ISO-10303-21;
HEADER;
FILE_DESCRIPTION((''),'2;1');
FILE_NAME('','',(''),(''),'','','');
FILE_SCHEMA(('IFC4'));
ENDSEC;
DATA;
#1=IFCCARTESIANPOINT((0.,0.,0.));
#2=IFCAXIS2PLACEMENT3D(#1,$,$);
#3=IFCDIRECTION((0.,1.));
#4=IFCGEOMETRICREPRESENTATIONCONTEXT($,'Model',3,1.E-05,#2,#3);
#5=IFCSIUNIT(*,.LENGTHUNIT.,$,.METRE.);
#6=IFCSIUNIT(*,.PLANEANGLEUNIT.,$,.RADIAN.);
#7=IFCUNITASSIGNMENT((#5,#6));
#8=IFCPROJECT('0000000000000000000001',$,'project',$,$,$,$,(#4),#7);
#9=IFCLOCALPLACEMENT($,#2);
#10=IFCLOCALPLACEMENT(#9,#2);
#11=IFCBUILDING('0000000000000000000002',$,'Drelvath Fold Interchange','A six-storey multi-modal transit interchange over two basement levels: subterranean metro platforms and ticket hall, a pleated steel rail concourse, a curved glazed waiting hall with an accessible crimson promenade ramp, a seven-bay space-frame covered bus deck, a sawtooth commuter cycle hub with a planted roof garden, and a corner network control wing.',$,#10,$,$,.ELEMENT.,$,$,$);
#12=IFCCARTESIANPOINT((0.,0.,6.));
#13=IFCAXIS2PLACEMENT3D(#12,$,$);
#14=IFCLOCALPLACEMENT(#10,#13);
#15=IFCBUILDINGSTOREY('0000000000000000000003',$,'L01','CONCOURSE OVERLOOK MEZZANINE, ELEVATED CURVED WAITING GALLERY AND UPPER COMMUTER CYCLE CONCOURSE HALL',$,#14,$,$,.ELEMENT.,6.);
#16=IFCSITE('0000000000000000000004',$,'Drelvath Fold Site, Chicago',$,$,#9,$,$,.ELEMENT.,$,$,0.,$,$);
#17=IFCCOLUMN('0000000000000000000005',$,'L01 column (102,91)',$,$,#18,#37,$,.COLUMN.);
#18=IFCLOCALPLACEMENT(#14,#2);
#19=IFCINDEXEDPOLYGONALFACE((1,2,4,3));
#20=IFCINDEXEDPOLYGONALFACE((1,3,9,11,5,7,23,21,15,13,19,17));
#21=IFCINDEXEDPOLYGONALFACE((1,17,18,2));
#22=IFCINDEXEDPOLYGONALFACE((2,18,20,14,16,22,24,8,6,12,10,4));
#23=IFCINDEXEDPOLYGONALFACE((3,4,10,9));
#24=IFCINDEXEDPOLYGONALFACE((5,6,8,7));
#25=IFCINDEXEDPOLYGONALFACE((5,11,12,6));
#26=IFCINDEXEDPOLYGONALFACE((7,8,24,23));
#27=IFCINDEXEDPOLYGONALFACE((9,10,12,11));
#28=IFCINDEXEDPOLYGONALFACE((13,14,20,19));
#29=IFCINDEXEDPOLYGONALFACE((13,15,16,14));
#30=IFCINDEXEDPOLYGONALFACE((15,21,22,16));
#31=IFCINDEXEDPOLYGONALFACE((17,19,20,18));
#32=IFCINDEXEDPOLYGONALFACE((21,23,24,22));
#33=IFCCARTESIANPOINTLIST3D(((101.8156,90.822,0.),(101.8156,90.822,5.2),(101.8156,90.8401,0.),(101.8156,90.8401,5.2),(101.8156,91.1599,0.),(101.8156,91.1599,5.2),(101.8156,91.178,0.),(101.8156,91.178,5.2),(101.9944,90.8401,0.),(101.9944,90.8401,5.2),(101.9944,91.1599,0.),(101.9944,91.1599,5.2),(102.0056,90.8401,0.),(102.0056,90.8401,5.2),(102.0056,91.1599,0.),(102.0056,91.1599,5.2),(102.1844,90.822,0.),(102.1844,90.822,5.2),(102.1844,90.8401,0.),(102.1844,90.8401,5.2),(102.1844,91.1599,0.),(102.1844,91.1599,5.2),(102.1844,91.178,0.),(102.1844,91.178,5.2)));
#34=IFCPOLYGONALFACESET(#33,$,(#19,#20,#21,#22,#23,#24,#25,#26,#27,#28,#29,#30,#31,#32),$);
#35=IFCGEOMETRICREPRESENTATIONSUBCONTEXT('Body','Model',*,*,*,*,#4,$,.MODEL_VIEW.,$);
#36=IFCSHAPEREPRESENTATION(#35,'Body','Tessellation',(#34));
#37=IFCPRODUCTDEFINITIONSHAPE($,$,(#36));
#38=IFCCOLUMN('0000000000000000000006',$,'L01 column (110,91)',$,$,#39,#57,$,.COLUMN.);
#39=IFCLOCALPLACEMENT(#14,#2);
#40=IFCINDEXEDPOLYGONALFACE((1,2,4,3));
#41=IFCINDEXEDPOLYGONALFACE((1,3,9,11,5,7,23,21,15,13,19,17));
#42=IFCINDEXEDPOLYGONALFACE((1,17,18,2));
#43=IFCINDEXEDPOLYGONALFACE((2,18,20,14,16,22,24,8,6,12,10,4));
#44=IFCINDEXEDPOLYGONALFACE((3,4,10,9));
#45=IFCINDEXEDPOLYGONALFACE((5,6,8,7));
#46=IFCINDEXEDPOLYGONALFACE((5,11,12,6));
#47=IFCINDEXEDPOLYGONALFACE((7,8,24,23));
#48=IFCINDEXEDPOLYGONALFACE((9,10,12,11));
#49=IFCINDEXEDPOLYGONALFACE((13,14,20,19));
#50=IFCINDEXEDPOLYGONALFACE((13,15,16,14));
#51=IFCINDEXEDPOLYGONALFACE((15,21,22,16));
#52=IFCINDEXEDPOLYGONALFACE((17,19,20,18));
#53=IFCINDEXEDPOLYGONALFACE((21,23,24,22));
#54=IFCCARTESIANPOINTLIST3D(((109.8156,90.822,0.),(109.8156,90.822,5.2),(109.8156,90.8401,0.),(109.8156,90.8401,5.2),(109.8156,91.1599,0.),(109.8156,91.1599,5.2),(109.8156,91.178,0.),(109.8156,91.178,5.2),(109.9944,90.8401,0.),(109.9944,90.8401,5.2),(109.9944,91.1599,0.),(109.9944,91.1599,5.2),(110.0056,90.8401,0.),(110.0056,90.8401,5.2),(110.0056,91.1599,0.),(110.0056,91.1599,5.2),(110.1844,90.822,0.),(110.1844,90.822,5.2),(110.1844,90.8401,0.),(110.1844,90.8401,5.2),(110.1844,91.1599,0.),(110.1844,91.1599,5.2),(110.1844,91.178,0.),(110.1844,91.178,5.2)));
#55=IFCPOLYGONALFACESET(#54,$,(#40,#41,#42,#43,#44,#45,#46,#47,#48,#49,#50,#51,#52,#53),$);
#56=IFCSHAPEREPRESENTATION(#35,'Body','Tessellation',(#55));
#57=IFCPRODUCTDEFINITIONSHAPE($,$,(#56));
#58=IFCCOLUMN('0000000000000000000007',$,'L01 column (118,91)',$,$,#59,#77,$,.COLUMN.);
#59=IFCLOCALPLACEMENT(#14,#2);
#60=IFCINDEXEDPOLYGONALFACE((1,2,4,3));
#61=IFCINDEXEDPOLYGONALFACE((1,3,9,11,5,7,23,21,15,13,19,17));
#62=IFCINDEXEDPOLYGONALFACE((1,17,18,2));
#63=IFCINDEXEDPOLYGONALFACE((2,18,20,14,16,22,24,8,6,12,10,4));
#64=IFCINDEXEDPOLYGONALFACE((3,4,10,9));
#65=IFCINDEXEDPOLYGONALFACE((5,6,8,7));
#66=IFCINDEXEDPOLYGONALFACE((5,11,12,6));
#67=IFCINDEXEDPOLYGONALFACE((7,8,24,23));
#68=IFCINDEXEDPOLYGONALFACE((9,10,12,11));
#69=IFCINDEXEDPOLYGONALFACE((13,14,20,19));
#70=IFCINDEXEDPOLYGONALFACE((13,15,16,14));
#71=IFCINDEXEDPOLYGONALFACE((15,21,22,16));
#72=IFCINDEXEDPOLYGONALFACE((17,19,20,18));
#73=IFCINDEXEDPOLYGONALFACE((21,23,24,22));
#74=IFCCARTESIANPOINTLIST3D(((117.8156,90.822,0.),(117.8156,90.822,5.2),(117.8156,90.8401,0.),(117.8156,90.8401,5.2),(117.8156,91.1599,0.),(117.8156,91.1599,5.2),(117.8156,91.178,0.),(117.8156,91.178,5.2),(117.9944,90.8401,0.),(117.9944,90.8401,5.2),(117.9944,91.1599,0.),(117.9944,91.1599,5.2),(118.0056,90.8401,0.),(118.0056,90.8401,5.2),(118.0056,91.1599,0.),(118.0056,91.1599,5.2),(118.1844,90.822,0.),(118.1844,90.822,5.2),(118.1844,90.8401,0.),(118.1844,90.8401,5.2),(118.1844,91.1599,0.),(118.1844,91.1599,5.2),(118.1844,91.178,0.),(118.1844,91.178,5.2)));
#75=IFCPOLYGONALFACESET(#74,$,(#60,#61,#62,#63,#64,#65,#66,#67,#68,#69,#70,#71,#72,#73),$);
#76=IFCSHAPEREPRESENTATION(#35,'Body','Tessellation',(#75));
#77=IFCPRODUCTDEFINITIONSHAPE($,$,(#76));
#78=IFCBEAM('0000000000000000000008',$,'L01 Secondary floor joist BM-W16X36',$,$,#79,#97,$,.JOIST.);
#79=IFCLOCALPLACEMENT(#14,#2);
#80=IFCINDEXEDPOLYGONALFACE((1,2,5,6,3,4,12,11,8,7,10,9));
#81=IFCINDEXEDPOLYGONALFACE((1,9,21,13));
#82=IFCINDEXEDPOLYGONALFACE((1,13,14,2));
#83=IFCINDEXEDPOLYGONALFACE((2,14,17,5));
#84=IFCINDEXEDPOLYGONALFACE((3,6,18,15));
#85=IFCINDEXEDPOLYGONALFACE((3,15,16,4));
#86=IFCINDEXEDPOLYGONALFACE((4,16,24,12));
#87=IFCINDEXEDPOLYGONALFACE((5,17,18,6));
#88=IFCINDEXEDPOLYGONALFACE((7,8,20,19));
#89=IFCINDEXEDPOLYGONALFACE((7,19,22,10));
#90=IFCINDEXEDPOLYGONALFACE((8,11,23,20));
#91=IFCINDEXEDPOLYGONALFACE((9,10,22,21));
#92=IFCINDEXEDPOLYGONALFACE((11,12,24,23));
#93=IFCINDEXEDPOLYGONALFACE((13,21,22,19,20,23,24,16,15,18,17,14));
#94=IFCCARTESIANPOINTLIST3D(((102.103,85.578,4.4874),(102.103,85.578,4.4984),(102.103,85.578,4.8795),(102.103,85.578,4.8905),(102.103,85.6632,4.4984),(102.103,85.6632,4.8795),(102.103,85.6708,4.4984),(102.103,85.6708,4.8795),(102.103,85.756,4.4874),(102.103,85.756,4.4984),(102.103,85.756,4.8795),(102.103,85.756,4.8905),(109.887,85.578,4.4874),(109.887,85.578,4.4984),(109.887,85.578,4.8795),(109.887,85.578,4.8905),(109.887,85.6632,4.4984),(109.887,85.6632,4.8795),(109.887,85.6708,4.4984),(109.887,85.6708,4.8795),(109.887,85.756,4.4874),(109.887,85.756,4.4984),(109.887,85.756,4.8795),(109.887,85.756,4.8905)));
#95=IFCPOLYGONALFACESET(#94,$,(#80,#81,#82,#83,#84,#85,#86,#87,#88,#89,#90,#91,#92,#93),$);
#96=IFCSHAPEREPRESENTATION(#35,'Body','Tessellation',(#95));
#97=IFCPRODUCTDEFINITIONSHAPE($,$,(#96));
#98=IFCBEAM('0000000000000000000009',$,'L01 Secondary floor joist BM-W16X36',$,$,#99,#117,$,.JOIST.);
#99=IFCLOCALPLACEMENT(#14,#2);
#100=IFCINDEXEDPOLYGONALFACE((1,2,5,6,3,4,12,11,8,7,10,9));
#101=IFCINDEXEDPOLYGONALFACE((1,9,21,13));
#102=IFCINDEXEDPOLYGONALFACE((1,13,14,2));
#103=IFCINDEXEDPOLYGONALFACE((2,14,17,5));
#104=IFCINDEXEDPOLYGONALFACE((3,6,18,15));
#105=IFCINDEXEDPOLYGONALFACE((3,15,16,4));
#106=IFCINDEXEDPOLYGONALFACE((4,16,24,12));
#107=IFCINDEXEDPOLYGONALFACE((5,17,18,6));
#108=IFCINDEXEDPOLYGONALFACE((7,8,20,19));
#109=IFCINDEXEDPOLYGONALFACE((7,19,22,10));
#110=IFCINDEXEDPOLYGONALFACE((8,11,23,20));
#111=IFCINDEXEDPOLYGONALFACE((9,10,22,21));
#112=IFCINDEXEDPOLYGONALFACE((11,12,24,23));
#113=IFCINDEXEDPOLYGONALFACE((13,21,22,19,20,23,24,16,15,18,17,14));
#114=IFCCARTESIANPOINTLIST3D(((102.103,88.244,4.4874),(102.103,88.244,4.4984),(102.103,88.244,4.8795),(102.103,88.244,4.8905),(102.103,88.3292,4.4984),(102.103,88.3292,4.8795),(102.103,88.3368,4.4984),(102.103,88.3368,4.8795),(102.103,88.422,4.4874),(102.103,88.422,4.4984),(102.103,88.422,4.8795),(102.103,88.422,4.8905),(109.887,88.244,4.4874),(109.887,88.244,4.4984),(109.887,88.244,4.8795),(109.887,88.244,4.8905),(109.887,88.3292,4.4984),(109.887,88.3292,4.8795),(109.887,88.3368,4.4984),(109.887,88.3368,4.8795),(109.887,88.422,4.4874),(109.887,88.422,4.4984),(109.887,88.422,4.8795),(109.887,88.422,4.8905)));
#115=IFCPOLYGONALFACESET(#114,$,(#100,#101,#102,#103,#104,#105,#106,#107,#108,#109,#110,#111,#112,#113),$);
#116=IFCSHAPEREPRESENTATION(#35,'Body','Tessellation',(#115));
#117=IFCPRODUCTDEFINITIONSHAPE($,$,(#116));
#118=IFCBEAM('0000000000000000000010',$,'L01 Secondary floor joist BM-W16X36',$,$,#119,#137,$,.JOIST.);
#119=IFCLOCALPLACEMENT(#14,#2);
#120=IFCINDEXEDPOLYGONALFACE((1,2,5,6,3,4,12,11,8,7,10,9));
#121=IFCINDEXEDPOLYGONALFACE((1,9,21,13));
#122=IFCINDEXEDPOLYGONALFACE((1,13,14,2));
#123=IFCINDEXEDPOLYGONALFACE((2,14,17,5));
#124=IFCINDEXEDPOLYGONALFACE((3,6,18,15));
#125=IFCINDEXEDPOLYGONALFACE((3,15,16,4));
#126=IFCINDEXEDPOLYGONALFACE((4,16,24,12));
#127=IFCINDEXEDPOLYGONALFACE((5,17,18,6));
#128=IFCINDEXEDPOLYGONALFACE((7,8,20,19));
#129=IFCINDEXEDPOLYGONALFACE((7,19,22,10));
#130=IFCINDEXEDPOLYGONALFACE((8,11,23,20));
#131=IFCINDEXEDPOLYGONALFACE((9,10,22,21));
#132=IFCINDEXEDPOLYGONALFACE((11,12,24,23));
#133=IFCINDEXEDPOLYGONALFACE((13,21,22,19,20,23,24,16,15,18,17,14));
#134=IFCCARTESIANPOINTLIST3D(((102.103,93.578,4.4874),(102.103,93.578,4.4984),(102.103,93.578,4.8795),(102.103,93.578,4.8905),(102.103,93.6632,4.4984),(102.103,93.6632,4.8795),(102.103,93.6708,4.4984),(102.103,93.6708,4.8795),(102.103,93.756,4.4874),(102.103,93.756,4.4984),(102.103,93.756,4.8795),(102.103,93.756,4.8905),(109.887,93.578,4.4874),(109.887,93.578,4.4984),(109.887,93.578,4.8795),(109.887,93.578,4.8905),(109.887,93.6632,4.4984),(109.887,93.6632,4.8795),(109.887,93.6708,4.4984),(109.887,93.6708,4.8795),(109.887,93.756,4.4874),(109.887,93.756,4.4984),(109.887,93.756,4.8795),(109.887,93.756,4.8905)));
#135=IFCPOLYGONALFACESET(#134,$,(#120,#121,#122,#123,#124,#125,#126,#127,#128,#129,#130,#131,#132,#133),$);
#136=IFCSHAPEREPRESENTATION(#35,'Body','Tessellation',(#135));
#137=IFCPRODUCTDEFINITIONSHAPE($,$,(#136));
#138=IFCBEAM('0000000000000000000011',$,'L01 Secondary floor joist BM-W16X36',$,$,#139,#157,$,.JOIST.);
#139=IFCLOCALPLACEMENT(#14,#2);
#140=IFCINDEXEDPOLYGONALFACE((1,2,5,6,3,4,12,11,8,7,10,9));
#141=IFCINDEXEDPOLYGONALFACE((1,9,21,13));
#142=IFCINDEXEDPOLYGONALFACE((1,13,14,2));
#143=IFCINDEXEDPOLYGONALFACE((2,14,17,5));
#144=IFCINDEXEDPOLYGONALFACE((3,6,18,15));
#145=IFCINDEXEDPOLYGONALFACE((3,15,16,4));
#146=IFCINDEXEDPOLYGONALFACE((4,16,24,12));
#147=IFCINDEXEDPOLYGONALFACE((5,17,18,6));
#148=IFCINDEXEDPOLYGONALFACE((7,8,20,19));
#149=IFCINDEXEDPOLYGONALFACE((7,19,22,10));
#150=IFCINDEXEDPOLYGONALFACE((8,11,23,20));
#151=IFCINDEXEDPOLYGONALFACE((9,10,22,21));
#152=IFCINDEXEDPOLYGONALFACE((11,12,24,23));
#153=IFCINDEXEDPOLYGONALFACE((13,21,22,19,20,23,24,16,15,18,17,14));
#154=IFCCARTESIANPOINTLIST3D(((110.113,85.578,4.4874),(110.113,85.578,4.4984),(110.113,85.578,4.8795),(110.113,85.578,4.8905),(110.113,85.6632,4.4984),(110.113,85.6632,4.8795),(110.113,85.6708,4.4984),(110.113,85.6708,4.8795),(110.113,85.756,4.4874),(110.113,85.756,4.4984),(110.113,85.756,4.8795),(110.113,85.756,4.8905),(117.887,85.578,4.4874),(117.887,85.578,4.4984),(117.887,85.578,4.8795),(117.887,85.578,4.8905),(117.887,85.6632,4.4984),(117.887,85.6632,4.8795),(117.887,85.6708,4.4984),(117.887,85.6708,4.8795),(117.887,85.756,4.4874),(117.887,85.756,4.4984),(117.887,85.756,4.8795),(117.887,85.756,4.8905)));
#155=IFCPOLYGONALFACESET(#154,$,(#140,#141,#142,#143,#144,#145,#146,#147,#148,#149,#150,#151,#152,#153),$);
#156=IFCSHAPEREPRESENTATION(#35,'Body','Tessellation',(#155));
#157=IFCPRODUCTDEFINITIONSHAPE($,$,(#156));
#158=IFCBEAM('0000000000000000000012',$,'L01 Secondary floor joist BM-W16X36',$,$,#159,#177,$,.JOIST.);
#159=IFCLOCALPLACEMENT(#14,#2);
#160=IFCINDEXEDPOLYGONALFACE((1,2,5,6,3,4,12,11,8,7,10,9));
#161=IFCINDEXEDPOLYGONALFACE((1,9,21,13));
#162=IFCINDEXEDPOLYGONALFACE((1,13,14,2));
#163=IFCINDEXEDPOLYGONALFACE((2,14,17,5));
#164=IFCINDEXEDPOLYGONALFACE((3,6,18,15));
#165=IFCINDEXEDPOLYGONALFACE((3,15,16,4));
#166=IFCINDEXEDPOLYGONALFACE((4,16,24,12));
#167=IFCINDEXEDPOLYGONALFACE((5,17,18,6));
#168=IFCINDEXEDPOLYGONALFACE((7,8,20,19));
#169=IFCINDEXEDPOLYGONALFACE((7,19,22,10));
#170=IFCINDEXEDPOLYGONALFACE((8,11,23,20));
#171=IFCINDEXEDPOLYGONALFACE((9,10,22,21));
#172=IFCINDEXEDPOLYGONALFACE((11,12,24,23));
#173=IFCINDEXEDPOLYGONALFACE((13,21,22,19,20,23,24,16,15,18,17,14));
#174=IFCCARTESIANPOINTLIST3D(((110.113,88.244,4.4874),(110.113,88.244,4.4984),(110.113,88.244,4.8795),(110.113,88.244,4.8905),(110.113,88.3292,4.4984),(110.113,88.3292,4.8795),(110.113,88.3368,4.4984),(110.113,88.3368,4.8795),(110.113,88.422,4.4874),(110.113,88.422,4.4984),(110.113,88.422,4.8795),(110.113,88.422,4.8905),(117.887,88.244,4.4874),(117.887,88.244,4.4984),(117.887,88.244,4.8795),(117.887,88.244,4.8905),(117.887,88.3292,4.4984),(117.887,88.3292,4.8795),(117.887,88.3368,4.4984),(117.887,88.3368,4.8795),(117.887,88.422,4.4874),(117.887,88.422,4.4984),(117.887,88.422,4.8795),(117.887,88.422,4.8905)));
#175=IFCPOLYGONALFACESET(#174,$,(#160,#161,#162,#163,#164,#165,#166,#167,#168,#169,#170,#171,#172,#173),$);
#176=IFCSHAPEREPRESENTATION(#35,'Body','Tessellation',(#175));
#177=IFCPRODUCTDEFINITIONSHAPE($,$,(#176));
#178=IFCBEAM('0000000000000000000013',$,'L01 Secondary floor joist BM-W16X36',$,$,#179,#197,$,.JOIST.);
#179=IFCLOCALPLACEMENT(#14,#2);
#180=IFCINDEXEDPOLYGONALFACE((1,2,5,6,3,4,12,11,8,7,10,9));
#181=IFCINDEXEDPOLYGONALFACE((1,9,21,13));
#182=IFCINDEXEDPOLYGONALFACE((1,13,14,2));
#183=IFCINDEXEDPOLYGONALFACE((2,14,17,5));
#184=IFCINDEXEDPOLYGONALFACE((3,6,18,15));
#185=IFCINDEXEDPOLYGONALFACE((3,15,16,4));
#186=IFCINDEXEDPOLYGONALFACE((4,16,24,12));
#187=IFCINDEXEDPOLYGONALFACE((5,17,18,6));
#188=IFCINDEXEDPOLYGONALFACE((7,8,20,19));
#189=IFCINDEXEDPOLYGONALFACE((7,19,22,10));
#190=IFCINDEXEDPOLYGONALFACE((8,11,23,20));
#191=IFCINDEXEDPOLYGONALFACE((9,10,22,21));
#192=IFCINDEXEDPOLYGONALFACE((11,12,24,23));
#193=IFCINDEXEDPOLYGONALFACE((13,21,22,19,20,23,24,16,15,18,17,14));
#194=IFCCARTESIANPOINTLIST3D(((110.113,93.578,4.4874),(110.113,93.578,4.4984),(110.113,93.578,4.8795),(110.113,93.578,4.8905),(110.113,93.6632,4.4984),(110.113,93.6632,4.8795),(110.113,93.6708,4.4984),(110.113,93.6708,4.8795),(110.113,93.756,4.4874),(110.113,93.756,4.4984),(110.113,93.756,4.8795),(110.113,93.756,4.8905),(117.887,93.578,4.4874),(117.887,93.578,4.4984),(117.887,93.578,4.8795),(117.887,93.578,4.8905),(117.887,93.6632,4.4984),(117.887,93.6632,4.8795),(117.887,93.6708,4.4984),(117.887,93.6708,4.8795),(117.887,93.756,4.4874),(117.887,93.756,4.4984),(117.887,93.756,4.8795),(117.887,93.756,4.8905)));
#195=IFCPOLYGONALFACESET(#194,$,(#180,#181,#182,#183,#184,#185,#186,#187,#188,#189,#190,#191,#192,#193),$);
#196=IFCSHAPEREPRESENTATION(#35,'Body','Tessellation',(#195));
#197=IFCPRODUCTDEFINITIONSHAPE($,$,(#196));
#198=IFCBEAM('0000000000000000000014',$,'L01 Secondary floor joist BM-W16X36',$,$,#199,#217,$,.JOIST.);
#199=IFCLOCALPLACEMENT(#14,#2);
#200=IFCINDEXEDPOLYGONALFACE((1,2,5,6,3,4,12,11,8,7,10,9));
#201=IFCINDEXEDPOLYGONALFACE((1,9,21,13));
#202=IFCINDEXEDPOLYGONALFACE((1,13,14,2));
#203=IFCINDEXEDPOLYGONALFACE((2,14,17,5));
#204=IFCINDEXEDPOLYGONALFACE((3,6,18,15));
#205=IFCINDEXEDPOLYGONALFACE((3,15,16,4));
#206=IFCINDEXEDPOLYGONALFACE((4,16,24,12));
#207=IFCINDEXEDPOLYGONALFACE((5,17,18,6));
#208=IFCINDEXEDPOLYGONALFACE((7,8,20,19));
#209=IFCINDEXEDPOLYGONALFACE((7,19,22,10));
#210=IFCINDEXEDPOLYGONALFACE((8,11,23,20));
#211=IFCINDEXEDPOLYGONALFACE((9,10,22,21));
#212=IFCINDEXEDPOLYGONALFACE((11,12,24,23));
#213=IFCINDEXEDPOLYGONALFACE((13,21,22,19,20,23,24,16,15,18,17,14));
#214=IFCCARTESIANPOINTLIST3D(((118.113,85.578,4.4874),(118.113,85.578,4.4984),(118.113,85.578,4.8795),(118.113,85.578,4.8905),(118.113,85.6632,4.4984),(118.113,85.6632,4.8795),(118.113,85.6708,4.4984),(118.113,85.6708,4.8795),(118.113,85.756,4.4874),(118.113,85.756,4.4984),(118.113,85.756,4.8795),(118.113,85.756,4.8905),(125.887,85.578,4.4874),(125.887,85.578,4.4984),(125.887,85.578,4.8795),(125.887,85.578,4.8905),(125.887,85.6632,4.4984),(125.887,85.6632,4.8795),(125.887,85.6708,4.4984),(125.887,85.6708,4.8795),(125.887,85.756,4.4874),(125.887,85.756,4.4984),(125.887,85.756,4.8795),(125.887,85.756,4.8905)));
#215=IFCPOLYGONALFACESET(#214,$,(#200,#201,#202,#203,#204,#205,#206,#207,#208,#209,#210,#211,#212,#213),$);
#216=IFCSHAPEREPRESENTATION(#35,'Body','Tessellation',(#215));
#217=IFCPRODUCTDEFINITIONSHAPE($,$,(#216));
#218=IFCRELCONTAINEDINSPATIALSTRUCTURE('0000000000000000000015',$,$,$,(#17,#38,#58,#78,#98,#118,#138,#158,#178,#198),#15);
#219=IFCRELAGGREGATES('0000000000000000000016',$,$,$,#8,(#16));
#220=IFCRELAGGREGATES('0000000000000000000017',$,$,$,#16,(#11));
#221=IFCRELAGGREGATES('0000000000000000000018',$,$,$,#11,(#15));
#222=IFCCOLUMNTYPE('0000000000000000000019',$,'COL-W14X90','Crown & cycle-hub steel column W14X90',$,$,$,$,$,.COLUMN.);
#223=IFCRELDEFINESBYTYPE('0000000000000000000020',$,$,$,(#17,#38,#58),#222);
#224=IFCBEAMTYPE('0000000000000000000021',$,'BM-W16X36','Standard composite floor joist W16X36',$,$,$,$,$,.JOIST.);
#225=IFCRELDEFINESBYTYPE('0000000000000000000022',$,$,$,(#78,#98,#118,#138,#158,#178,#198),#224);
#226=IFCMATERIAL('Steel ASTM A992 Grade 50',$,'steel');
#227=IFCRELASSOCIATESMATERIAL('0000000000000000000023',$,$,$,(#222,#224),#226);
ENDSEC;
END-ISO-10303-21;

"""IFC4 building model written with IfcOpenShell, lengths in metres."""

from ifc_helpers import new_model, si_unit, direction, frame, origin, origin_2d, place, context, subcontext, project, spatial, i_section, extrude, material, material_profile, profile_set, type_object, element, save


model = new_model("IFC4")

# Units and contexts
model_context = context("Model", 3, precision=1e-05, world=origin(), true_north=direction((0.0, 1.0)))
body_context = subcontext(model_context, "Body", "Model", "MODEL_VIEW")
ifc_project = project(units=[si_unit("LENGTHUNIT", "METRE"), si_unit("PLANEANGLEUNIT", "RADIAN")], contexts=[model_context])

# Site, building, storey
site_placement = place(None, origin())
site = spatial("IfcSite", under=ifc_project, at=site_placement, Name="Drelvath Fold Site, Chicago", CompositionType="ELEMENT", RefElevation=0.0)
building_placement = place(site_placement, origin())
building = spatial("IfcBuilding", under=site, at=building_placement, Name="Drelvath Fold Interchange", Description="A six-storey multi-modal transit interchange over two basement levels: subterranean metro platforms and ticket hall, a pleated steel rail concourse, a curved glazed waiting hall with an accessible crimson promenade ramp, a seven-bay space-frame covered bus deck, a sawtooth commuter cycle hub with a planted roof garden, and a corner network control wing.", CompositionType="ELEMENT")
storey_placement = place(building_placement, frame((0.0, 0.0, 6.0)))
storey = spatial("IfcBuildingStorey", under=building, at=storey_placement, Name="L01", Description="CONCOURSE OVERLOOK MEZZANINE, ELEVATED CURVED WAITING GALLERY AND UPPER COMMUTER CYCLE CONCOURSE HALL", CompositionType="ELEMENT", Elevation=6.0)

# Columns
ifc_material_1 = material(Name="Steel ASTM A992 Grade 50", Category="steel")
ifc_material_profile_1 = material_profile(ifc_material_1, i_section(OverallWidth=0.3689, OverallDepth=0.356, WebThickness=0.0112, FlangeThickness=0.0181, at=origin_2d()), Name="W14X90")
ifc_profile_set_1 = profile_set([ifc_material_profile_1], Name="Steel ASTM A992 Grade 50")
column_type = type_object("IfcColumnType", Name="COL-W14X90", Description="Crown & cycle-hub steel column W14X90", PredefinedType="COLUMN", material=ifc_profile_set_1)
for number, where, z_axis, x_axis, name in (
    (1, (102.0, 91.0, 0.0), (0.0, 0.0, 1.0), (1.0, 0.0, 0.0), "L01 column (102,91)"),
    (2, (110.0, 91.0, 0.0), (0.0, 0.0, 1.0), (1.0, 0.0, 0.0), "L01 column (110,91)"),
    (3, (118.0, 91.0, 0.0), (0.0, 0.0, 1.0), (1.0, 0.0, 0.0), "L01 column (118,91)"),
):
    element("IfcColumn", number, at=place(storey_placement, frame(where, z_axis=z_axis, x_axis=x_axis)), inside=storey, type_object=column_type, Name=name, PredefinedType="COLUMN", context=body_context, shape_type="SweptSolid", body=[
        extrude(i_section(OverallWidth=0.3689, OverallDepth=0.356, WebThickness=0.0112, FlangeThickness=0.0181, at=origin_2d()), origin(), (0.0, 0.0, 1.0), 5.2),
    ])

# Beams
ifc_material_profile_2 = material_profile(ifc_material_1, i_section(OverallWidth=0.178, OverallDepth=0.4031, WebThickness=0.0076, FlangeThickness=0.011, at=origin_2d()), Name="W16X36")
ifc_profile_set_2 = profile_set([ifc_material_profile_2], Name="Steel ASTM A992 Grade 50")
beam_type_1 = type_object("IfcBeamType", Name="BM-W16X36", Description="Standard composite floor joist W16X36", PredefinedType="JOIST", material=ifc_profile_set_2)
for number, where, z_axis, x_axis, name in (
    (4, (102.103, 85.667, 4.689), (1.0, 0.0, 0.0), (0.0, 1.0, 0.0), "L01 Secondary floor joist BM-W16X36"),
    (5, (102.103, 88.333, 4.689), (1.0, 0.0, 0.0), (0.0, 1.0, 0.0), "L01 Secondary floor joist BM-W16X36"),
    (6, (102.103, 93.667, 4.689), (1.0, 0.0, 0.0), (0.0, 1.0, 0.0), "L01 Secondary floor joist BM-W16X36"),
):
    element("IfcBeam", number, at=place(storey_placement, frame(where, z_axis=z_axis, x_axis=x_axis)), inside=storey, type_object=beam_type_1, Name=name, PredefinedType="JOIST", context=body_context, shape_type="SweptSolid", body=[
        extrude(i_section(OverallWidth=0.178, OverallDepth=0.4031, WebThickness=0.0076, FlangeThickness=0.011, at=origin_2d()), origin(), (0.0, 0.0, 1.0), 7.7839),
    ])
for number, where, z_axis, x_axis, name in (
    (7, (110.113, 85.667, 4.689), (1.0, 0.0, 0.0), (0.0, 1.0, 0.0), "L01 Secondary floor joist BM-W16X36"),
    (8, (110.113, 88.333, 4.689), (1.0, 0.0, 0.0), (0.0, 1.0, 0.0), "L01 Secondary floor joist BM-W16X36"),
    (9, (110.113, 93.667, 4.689), (1.0, 0.0, 0.0), (0.0, 1.0, 0.0), "L01 Secondary floor joist BM-W16X36"),
    (10, (118.113, 85.667, 4.689), (1.0, 0.0, 0.0), (0.0, 1.0, 0.0), "L01 Secondary floor joist BM-W16X36"),
):
    element("IfcBeam", number, at=place(storey_placement, frame(where, z_axis=z_axis, x_axis=x_axis)), inside=storey, type_object=beam_type_1, Name=name, PredefinedType="JOIST", context=body_context, shape_type="SweptSolid", body=[
        extrude(i_section(OverallWidth=0.178, OverallDepth=0.4031, WebThickness=0.0076, FlangeThickness=0.011, at=origin_2d()), origin(), (0.0, 0.0, 1.0), 7.7739),
    ])

save(model, "model.ifc")
